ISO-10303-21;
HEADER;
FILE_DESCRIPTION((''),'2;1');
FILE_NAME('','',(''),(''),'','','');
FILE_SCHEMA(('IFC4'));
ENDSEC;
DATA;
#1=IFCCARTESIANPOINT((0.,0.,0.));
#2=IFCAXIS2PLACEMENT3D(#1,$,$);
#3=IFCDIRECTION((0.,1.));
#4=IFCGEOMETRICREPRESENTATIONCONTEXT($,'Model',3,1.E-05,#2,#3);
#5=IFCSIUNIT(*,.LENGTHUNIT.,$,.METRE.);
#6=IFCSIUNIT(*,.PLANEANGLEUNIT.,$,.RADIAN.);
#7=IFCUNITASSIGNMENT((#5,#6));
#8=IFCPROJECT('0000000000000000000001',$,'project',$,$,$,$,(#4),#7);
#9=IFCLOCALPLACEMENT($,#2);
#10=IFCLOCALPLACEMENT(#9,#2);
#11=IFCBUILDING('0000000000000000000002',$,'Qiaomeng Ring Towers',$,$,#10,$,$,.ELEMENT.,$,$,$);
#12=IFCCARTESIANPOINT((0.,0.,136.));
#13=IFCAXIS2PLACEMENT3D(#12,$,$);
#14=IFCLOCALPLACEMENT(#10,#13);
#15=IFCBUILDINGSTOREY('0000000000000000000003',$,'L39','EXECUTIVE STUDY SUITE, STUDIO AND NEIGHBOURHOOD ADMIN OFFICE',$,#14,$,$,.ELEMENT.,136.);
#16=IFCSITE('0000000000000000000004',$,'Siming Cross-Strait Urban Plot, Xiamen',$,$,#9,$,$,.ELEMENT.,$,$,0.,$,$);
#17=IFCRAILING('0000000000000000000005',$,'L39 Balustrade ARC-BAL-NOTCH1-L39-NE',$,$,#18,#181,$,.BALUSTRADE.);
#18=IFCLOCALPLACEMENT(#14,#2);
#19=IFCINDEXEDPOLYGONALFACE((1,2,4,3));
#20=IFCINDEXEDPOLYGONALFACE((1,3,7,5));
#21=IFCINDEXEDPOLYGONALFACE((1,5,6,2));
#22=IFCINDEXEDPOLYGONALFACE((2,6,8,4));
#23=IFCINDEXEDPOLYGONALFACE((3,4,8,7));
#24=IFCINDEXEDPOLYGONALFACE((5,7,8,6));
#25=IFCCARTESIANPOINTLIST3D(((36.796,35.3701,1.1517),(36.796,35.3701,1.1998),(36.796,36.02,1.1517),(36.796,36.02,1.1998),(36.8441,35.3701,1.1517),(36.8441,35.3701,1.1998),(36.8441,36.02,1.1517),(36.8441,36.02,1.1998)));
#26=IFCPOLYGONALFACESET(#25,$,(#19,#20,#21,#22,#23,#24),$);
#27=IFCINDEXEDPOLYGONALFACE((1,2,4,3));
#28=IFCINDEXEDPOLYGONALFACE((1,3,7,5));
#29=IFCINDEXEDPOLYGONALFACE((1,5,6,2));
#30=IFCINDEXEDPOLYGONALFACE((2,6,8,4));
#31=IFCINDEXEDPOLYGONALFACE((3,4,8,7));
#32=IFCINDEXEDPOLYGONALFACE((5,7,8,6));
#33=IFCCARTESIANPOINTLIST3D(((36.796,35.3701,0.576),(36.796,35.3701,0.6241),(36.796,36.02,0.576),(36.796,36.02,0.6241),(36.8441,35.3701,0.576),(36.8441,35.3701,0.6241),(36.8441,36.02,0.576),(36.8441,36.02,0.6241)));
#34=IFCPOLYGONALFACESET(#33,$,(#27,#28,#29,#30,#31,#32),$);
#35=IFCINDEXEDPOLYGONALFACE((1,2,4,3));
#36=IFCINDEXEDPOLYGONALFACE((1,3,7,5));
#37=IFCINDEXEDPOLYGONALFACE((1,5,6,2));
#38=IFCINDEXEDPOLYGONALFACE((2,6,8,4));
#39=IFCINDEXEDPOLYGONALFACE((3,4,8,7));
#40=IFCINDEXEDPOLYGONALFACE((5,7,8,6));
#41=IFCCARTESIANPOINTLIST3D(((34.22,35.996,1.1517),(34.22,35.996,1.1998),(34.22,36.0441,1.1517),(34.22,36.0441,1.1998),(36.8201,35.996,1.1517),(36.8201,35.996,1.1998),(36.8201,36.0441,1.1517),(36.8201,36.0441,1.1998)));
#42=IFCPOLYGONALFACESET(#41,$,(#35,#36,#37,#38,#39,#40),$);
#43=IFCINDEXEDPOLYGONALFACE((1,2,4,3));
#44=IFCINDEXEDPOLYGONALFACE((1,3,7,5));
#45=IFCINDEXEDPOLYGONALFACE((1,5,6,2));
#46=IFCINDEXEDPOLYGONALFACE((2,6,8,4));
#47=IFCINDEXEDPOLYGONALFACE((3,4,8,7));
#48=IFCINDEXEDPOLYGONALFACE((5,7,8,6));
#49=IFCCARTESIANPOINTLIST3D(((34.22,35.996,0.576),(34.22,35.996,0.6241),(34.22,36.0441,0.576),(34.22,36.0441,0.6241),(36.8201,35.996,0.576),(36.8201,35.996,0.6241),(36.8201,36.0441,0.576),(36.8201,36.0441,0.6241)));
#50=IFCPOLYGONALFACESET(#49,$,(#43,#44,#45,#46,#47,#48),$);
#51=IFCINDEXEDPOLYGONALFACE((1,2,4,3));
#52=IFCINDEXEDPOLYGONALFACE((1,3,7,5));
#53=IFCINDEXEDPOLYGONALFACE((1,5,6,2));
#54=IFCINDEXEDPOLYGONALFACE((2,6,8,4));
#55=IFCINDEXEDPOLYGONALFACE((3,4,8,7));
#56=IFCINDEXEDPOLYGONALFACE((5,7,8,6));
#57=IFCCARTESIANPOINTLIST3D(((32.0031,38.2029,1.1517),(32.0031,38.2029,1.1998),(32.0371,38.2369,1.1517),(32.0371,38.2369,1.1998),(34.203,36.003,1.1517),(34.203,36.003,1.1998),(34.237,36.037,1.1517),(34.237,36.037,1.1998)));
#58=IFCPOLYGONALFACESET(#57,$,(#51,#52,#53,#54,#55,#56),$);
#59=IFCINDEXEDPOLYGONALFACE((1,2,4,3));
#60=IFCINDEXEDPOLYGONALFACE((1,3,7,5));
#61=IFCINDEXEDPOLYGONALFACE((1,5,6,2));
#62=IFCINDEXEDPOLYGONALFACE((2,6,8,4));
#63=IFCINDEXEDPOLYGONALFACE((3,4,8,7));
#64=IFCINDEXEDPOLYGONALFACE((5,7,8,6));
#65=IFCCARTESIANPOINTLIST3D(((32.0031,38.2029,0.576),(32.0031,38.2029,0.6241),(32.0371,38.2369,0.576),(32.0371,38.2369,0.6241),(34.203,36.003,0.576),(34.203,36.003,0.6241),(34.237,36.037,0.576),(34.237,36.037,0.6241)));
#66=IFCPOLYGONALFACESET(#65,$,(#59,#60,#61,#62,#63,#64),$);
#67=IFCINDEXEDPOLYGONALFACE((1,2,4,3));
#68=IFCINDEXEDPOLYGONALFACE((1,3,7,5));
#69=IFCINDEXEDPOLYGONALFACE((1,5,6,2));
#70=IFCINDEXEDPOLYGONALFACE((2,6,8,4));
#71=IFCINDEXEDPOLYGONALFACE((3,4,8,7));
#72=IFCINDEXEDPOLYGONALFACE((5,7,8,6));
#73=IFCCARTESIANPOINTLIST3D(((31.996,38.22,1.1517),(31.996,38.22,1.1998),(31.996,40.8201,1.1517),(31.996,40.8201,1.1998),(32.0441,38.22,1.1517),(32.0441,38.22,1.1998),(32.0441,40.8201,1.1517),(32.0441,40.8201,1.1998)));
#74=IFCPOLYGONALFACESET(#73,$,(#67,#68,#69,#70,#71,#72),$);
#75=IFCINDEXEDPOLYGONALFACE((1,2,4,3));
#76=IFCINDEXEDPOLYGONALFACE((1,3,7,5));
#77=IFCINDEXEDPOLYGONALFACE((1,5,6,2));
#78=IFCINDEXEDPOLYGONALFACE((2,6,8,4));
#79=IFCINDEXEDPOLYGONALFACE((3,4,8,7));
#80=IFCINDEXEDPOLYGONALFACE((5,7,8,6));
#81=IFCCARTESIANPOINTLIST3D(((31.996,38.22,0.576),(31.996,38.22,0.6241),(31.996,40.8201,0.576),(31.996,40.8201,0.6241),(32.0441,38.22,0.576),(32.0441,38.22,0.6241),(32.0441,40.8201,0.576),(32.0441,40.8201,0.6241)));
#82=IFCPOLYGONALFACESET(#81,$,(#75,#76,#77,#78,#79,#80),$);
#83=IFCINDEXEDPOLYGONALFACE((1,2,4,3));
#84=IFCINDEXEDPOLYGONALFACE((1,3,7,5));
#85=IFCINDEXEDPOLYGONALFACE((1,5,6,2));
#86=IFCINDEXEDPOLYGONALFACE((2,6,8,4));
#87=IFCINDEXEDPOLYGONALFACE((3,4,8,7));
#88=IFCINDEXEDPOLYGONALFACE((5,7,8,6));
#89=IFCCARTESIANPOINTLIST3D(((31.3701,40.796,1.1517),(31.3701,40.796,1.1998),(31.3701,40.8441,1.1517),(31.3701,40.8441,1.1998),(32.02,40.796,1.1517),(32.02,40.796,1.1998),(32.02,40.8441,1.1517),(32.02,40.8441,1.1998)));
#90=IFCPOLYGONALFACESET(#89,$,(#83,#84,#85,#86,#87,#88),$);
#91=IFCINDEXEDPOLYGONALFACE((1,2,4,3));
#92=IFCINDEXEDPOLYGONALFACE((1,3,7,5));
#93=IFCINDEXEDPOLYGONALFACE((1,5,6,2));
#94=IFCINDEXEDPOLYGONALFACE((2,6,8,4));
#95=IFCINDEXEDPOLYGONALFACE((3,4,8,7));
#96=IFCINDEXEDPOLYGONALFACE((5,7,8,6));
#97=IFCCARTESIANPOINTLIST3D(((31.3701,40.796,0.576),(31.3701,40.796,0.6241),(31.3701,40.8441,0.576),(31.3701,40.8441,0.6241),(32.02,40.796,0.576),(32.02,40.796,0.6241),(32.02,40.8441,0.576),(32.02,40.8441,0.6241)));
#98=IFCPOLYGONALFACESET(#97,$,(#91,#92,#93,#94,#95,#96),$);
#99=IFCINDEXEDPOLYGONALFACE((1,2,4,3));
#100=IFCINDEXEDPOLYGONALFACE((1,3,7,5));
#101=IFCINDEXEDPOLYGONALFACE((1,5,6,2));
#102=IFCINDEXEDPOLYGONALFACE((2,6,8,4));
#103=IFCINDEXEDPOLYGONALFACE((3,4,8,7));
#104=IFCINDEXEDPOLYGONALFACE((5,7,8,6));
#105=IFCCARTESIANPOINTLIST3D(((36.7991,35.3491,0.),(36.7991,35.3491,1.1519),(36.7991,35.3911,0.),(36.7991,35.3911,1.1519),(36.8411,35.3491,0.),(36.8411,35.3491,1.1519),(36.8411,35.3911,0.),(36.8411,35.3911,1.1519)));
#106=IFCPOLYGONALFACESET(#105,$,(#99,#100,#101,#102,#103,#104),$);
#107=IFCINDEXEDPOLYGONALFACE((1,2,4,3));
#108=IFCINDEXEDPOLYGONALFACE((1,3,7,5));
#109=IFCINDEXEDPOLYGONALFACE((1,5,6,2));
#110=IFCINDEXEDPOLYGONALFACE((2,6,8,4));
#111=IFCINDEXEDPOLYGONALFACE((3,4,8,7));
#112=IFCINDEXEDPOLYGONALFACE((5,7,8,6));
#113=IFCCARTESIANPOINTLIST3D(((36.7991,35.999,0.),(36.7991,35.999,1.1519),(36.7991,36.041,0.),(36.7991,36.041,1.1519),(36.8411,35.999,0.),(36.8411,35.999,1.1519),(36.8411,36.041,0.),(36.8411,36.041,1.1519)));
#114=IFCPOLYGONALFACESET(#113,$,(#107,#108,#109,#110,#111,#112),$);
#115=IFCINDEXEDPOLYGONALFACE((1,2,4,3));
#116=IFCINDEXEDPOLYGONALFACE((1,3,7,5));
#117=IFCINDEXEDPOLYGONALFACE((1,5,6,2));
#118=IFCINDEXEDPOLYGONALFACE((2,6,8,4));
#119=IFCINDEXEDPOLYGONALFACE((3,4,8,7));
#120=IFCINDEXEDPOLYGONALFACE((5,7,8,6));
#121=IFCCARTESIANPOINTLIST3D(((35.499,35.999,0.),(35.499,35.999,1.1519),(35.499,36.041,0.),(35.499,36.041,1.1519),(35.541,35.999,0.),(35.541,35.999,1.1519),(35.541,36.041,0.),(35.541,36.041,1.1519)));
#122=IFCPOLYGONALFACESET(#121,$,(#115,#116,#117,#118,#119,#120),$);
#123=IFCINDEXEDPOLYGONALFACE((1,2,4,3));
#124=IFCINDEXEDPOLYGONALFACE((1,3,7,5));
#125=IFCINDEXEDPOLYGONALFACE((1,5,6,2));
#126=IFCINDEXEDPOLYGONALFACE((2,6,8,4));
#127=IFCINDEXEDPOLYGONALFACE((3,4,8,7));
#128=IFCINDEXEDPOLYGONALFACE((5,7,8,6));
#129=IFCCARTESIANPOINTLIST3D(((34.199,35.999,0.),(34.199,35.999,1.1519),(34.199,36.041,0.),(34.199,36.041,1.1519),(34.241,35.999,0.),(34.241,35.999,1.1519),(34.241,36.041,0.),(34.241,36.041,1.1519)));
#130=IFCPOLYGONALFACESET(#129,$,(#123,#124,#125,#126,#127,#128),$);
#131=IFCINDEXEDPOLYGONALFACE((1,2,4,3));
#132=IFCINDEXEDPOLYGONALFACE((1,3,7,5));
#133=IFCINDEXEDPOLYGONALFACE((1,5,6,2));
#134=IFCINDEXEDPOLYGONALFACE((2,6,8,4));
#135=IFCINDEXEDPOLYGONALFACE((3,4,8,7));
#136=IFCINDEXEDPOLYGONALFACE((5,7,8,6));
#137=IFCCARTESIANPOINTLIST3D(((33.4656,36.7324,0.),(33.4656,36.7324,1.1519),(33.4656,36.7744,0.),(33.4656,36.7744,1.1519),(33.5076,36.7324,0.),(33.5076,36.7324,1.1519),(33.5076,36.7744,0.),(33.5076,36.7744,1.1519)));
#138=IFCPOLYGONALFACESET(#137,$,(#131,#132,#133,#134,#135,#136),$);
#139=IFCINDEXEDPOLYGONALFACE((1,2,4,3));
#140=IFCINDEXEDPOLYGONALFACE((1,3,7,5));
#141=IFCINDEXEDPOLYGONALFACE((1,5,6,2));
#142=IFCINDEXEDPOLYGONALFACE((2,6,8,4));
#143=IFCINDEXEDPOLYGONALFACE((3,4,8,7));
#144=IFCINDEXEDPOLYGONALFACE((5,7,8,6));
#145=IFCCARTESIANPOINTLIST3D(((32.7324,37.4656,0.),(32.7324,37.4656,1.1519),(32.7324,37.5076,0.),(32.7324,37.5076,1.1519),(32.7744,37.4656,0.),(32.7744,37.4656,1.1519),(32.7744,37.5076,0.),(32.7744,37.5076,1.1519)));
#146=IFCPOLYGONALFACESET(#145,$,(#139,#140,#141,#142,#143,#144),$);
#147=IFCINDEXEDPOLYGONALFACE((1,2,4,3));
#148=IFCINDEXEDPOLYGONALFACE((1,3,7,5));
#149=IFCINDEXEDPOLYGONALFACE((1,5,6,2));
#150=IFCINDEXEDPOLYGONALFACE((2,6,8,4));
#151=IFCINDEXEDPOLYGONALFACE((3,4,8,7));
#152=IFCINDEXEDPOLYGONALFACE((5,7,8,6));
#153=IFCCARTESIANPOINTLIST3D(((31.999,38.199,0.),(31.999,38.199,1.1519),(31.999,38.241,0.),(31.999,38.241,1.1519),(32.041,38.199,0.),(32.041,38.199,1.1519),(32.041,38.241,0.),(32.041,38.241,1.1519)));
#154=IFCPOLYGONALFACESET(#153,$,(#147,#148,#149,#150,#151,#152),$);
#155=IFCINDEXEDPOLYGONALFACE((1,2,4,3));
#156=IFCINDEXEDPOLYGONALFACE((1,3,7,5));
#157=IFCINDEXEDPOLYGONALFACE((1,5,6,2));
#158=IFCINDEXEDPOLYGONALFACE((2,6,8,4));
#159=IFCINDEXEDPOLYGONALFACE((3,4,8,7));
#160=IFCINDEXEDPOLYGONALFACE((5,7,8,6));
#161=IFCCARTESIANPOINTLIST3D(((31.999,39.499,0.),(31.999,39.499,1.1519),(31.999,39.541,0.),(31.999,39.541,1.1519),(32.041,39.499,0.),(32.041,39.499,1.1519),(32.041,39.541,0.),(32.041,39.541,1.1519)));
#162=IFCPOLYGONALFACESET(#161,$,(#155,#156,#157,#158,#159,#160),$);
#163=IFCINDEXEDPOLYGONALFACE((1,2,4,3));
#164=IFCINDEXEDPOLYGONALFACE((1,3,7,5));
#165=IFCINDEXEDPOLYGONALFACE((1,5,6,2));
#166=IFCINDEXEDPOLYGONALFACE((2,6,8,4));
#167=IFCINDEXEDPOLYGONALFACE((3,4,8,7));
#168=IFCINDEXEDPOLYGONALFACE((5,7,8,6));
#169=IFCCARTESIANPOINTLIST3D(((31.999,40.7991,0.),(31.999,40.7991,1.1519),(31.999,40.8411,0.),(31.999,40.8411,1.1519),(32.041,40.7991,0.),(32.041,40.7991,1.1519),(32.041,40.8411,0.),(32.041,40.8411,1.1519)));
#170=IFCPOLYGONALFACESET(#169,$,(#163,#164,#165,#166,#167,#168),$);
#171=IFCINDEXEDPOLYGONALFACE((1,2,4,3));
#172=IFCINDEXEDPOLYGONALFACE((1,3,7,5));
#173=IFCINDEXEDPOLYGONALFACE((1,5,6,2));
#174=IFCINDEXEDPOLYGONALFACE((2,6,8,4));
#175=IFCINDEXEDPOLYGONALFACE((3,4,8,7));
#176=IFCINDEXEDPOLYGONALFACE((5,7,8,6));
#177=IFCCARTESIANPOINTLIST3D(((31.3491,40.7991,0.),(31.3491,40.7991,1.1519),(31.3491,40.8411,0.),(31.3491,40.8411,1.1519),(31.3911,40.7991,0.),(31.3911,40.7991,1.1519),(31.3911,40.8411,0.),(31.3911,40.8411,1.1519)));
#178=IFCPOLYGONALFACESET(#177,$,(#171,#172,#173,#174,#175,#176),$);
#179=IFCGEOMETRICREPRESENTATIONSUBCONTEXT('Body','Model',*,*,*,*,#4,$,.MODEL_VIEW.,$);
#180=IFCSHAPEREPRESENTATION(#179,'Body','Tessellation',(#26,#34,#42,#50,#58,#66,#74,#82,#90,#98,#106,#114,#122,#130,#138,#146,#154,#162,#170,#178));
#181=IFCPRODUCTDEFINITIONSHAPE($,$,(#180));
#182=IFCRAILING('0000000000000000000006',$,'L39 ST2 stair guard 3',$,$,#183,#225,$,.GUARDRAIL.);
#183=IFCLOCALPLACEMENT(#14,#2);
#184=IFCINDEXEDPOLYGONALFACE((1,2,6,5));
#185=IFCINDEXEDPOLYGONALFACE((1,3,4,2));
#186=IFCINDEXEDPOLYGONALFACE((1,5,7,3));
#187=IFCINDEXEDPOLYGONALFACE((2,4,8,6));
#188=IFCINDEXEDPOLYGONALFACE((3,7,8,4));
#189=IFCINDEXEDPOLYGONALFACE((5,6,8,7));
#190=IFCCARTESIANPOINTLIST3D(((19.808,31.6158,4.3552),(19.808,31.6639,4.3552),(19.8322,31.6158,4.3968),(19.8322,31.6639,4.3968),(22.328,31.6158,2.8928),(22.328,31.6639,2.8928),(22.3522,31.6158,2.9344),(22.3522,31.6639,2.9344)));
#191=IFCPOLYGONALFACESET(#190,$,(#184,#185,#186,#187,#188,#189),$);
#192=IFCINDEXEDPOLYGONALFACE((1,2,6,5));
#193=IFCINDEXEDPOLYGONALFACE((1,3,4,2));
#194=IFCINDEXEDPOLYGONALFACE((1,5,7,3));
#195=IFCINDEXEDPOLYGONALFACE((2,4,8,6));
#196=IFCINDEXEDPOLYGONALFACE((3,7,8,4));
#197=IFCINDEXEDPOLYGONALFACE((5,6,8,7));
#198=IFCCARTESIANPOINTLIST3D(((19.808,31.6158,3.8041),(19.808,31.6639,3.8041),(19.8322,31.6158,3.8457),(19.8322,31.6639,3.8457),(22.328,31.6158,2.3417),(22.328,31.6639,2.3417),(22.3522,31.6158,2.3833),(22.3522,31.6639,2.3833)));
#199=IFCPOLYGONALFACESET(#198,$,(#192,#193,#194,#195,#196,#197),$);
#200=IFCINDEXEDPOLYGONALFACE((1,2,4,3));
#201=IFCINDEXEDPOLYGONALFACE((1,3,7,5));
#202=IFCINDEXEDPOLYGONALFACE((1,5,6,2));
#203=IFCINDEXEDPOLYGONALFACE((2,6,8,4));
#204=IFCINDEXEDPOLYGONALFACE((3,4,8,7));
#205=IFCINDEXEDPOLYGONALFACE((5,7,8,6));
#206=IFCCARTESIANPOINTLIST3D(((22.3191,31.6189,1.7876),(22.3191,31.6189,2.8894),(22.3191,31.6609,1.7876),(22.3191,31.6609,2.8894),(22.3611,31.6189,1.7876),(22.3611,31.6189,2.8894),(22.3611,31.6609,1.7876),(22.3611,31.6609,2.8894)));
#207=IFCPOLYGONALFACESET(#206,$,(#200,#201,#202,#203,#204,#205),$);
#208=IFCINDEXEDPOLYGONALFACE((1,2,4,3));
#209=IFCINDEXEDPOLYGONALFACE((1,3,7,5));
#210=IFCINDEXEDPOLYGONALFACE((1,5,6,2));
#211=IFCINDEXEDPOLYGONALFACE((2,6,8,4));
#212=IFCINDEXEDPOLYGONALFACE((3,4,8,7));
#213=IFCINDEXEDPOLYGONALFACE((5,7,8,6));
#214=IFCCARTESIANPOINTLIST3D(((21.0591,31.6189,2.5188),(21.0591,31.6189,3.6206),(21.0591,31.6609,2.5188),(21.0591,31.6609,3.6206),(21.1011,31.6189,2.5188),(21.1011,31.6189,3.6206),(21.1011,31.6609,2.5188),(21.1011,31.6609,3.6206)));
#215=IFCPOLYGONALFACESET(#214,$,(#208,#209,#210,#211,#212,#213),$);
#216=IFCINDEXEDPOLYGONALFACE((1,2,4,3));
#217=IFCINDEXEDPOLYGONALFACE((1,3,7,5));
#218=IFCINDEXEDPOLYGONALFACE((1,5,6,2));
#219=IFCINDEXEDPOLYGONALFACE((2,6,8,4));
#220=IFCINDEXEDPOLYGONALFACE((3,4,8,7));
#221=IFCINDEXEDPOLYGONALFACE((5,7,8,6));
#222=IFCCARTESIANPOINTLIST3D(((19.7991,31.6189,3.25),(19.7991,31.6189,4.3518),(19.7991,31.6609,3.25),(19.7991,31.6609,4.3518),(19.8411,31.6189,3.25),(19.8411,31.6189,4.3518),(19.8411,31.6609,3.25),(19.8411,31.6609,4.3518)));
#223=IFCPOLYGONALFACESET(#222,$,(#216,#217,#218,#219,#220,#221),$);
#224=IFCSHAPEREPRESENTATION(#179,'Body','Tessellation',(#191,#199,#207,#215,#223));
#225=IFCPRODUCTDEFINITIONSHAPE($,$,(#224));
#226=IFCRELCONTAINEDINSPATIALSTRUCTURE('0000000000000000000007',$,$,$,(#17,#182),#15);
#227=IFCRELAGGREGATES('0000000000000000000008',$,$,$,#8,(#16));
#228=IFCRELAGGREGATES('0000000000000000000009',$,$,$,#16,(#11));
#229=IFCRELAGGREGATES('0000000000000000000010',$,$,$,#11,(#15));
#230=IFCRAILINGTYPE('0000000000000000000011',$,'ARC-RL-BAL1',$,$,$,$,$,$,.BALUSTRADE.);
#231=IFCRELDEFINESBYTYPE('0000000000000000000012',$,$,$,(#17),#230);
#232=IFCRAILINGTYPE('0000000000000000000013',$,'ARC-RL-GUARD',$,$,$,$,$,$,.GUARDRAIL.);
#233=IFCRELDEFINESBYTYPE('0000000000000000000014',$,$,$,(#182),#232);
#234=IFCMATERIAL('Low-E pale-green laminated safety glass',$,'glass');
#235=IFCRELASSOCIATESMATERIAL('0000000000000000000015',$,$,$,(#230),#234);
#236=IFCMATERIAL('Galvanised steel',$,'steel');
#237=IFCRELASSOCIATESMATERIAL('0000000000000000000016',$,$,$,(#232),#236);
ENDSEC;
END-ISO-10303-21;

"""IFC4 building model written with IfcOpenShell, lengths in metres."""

from ifc_helpers import new_model, si_unit, direction, frame, origin, origin_2d, place, context, subcontext, project, spatial, rectangle, extrude, material, type_object, element, save


model = new_model("IFC4")

# Units and contexts
model_context = context("Model", 3, precision=1e-05, world=origin(), true_north=direction((0.0, 1.0)))
body_context = subcontext(model_context, "Body", "Model", "MODEL_VIEW")
ifc_project = project(units=[si_unit("LENGTHUNIT", "METRE"), si_unit("PLANEANGLEUNIT", "RADIAN")], contexts=[model_context])

# Site, building, storey
site_placement = place(None, origin())
site = spatial("IfcSite", under=ifc_project, at=site_placement, Name="Siming Cross-Strait Urban Plot, Xiamen", CompositionType="ELEMENT", RefElevation=0.0)
building_placement = place(site_placement, origin())
building = spatial("IfcBuilding", under=site, at=building_placement, Name="Qiaomeng Ring Towers", CompositionType="ELEMENT")
storey_placement = place(building_placement, frame((0.0, 0.0, 136.0)))
storey = spatial("IfcBuildingStorey", under=building, at=storey_placement, Name="L39", Description="EXECUTIVE STUDY SUITE, STUDIO AND NEIGHBOURHOOD ADMIN OFFICE", CompositionType="ELEMENT", Elevation=136.0)

# Shared definitions
ifc_material_1 = material(Name="Galvanised steel", Category="steel")

# Railings
ifc_material_2 = material(Name="Low-E pale-green laminated safety glass", Category="glass")
railing_type_1 = type_object("IfcRailingType", Name="ARC-RL-BAL1", PredefinedType="BALUSTRADE", material=ifc_material_2)
railing_1_placement = place(storey_placement, frame((36.8201, 35.3701, 0.0)))
element("IfcRailing", 1, at=railing_1_placement, inside=storey, type_object=railing_type_1, Name="L39 Balustrade ARC-BAL-NOTCH1-L39-NE", PredefinedType="BALUSTRADE", context=body_context, shape_type="SweptSolid", body=[
    extrude(rectangle(XDim=0.0481, YDim=0.0481, at=origin_2d()), frame((0.0, 0.0, 1.1758), z_axis=(0.0, 1.0, 0.0), x_axis=(-1.0, 0.0, 0.0)), (0.0, 0.0, 1.0), 0.6499),
    extrude(rectangle(XDim=0.0481, YDim=0.0481, at=origin_2d()), frame((0.0, 0.0, 0.6001), z_axis=(0.0, 1.0, 0.0), x_axis=(-1.0, 0.0, 0.0)), (0.0, 0.0, 1.0), 0.6499),
    extrude(rectangle(XDim=0.0481, YDim=0.0481, at=origin_2d()), frame((0.0, 0.6499, 1.1758), z_axis=(-1.0, 0.0, 0.0), x_axis=(0.0, -1.0, 0.0)), (0.0, 0.0, 1.0), 2.6001),
    extrude(rectangle(XDim=0.0481, YDim=0.0481, at=origin_2d()), frame((0.0, 0.6499, 0.6001), z_axis=(-1.0, 0.0, 0.0), x_axis=(0.0, -1.0, 0.0)), (0.0, 0.0, 1.0), 2.6001),
    extrude(rectangle(XDim=0.0481, YDim=0.0481, at=origin_2d()), frame((-2.6001, 0.6499, 1.1758), z_axis=(-0.707107, 0.707107, 0.0), x_axis=(-0.707107, -0.707107, 0.0)), (0.0, 0.0, 1.0), 3.1111),
    extrude(rectangle(XDim=0.0481, YDim=0.0481, at=origin_2d()), frame((-2.6001, 0.6499, 0.6001), z_axis=(-0.707107, 0.707107, 0.0), x_axis=(-0.707107, -0.707107, 0.0)), (0.0, 0.0, 1.0), 3.1111),
    extrude(rectangle(XDim=0.0481, YDim=0.0481, at=origin_2d()), frame((-4.8, 2.8499, 1.1758), z_axis=(0.0, 1.0, 0.0), x_axis=(-1.0, 0.0, 0.0)), (0.0, 0.0, 1.0), 2.6001),
    extrude(rectangle(XDim=0.0481, YDim=0.0481, at=origin_2d()), frame((-4.8, 2.8499, 0.6001), z_axis=(0.0, 1.0, 0.0), x_axis=(-1.0, 0.0, 0.0)), (0.0, 0.0, 1.0), 2.6001),
    extrude(rectangle(XDim=0.0481, YDim=0.0481, at=origin_2d()), frame((-4.8, 5.45, 1.1758), z_axis=(-1.0, 0.0, 0.0), x_axis=(0.0, -1.0, 0.0)), (0.0, 0.0, 1.0), 0.6499),
    extrude(rectangle(XDim=0.0481, YDim=0.0481, at=origin_2d()), frame((-4.8, 5.45, 0.6001), z_axis=(-1.0, 0.0, 0.0), x_axis=(0.0, -1.0, 0.0)), (0.0, 0.0, 1.0), 0.6499),
    extrude(rectangle(XDim=0.042, YDim=0.042, at=origin_2d()), origin(), (0.0, 0.0, 1.0), 1.1519),
    extrude(rectangle(XDim=0.042, YDim=0.042, at=origin_2d()), frame((0.0, 0.6499, 0.0)), (0.0, 0.0, 1.0), 1.1519),
    extrude(rectangle(XDim=0.042, YDim=0.042, at=origin_2d()), frame((-1.3, 0.6499, 0.0)), (0.0, 0.0, 1.0), 1.1519),
    extrude(rectangle(XDim=0.042, YDim=0.042, at=origin_2d()), frame((-2.6001, 0.6499, 0.0)), (0.0, 0.0, 1.0), 1.1519),
    extrude(rectangle(XDim=0.042, YDim=0.042, at=origin_2d()), frame((-3.3335, 1.3833, 0.0)), (0.0, 0.0, 1.0), 1.1519),
    extrude(rectangle(XDim=0.042, YDim=0.042, at=origin_2d()), frame((-4.0667, 2.1165, 0.0)), (0.0, 0.0, 1.0), 1.1519),
    extrude(rectangle(XDim=0.042, YDim=0.042, at=origin_2d()), frame((-4.8, 2.8499, 0.0)), (0.0, 0.0, 1.0), 1.1519),
    extrude(rectangle(XDim=0.042, YDim=0.042, at=origin_2d()), frame((-4.8, 4.1499, 0.0)), (0.0, 0.0, 1.0), 1.1519),
    extrude(rectangle(XDim=0.042, YDim=0.042, at=origin_2d()), frame((-4.8, 5.45, 0.0)), (0.0, 0.0, 1.0), 1.1519),
    extrude(rectangle(XDim=0.042, YDim=0.042, at=origin_2d()), frame((-5.45, 5.45, 0.0)), (0.0, 0.0, 1.0), 1.1519),
])
railing_type_2 = type_object("IfcRailingType", Name="ARC-RL-GUARD", PredefinedType="GUARDRAIL", material=ifc_material_1)
railing_2_placement = place(storey_placement, frame((22.3401, 31.6399, 1.7876)))
element("IfcRailing", 2, at=railing_2_placement, inside=storey, type_object=railing_type_2, Name="L39 ST2 stair guard 3", PredefinedType="GUARDRAIL", context=body_context, shape_type="SweptSolid", body=[
    extrude(rectangle(XDim=0.0481, YDim=0.0481, at=origin_2d()), frame((0.0, 0.0, 1.126), z_axis=(-0.864913, 0.0, 0.501921), x_axis=(0.0, -1.0, 0.0)), (0.0, 0.0, 1.0), 2.9136),
    extrude(rectangle(XDim=0.0481, YDim=0.0481, at=origin_2d()), frame((0.0, 0.0, 0.575), z_axis=(-0.864913, 0.0, 0.501921), x_axis=(0.0, -1.0, 0.0)), (0.0, 0.0, 1.0), 2.9136),
    extrude(rectangle(XDim=0.042, YDim=0.042, at=origin_2d()), origin(), (0.0, 0.0, 1.0), 1.1018),
    extrude(rectangle(XDim=0.042, YDim=0.042, at=origin_2d()), frame((-1.26, 0.0, 0.7312)), (0.0, 0.0, 1.0), 1.1018),
    extrude(rectangle(XDim=0.042, YDim=0.042, at=origin_2d()), frame((-2.52, 0.0, 1.4624)), (0.0, 0.0, 1.0), 1.1018),
])

save(model, "model.ifc")
